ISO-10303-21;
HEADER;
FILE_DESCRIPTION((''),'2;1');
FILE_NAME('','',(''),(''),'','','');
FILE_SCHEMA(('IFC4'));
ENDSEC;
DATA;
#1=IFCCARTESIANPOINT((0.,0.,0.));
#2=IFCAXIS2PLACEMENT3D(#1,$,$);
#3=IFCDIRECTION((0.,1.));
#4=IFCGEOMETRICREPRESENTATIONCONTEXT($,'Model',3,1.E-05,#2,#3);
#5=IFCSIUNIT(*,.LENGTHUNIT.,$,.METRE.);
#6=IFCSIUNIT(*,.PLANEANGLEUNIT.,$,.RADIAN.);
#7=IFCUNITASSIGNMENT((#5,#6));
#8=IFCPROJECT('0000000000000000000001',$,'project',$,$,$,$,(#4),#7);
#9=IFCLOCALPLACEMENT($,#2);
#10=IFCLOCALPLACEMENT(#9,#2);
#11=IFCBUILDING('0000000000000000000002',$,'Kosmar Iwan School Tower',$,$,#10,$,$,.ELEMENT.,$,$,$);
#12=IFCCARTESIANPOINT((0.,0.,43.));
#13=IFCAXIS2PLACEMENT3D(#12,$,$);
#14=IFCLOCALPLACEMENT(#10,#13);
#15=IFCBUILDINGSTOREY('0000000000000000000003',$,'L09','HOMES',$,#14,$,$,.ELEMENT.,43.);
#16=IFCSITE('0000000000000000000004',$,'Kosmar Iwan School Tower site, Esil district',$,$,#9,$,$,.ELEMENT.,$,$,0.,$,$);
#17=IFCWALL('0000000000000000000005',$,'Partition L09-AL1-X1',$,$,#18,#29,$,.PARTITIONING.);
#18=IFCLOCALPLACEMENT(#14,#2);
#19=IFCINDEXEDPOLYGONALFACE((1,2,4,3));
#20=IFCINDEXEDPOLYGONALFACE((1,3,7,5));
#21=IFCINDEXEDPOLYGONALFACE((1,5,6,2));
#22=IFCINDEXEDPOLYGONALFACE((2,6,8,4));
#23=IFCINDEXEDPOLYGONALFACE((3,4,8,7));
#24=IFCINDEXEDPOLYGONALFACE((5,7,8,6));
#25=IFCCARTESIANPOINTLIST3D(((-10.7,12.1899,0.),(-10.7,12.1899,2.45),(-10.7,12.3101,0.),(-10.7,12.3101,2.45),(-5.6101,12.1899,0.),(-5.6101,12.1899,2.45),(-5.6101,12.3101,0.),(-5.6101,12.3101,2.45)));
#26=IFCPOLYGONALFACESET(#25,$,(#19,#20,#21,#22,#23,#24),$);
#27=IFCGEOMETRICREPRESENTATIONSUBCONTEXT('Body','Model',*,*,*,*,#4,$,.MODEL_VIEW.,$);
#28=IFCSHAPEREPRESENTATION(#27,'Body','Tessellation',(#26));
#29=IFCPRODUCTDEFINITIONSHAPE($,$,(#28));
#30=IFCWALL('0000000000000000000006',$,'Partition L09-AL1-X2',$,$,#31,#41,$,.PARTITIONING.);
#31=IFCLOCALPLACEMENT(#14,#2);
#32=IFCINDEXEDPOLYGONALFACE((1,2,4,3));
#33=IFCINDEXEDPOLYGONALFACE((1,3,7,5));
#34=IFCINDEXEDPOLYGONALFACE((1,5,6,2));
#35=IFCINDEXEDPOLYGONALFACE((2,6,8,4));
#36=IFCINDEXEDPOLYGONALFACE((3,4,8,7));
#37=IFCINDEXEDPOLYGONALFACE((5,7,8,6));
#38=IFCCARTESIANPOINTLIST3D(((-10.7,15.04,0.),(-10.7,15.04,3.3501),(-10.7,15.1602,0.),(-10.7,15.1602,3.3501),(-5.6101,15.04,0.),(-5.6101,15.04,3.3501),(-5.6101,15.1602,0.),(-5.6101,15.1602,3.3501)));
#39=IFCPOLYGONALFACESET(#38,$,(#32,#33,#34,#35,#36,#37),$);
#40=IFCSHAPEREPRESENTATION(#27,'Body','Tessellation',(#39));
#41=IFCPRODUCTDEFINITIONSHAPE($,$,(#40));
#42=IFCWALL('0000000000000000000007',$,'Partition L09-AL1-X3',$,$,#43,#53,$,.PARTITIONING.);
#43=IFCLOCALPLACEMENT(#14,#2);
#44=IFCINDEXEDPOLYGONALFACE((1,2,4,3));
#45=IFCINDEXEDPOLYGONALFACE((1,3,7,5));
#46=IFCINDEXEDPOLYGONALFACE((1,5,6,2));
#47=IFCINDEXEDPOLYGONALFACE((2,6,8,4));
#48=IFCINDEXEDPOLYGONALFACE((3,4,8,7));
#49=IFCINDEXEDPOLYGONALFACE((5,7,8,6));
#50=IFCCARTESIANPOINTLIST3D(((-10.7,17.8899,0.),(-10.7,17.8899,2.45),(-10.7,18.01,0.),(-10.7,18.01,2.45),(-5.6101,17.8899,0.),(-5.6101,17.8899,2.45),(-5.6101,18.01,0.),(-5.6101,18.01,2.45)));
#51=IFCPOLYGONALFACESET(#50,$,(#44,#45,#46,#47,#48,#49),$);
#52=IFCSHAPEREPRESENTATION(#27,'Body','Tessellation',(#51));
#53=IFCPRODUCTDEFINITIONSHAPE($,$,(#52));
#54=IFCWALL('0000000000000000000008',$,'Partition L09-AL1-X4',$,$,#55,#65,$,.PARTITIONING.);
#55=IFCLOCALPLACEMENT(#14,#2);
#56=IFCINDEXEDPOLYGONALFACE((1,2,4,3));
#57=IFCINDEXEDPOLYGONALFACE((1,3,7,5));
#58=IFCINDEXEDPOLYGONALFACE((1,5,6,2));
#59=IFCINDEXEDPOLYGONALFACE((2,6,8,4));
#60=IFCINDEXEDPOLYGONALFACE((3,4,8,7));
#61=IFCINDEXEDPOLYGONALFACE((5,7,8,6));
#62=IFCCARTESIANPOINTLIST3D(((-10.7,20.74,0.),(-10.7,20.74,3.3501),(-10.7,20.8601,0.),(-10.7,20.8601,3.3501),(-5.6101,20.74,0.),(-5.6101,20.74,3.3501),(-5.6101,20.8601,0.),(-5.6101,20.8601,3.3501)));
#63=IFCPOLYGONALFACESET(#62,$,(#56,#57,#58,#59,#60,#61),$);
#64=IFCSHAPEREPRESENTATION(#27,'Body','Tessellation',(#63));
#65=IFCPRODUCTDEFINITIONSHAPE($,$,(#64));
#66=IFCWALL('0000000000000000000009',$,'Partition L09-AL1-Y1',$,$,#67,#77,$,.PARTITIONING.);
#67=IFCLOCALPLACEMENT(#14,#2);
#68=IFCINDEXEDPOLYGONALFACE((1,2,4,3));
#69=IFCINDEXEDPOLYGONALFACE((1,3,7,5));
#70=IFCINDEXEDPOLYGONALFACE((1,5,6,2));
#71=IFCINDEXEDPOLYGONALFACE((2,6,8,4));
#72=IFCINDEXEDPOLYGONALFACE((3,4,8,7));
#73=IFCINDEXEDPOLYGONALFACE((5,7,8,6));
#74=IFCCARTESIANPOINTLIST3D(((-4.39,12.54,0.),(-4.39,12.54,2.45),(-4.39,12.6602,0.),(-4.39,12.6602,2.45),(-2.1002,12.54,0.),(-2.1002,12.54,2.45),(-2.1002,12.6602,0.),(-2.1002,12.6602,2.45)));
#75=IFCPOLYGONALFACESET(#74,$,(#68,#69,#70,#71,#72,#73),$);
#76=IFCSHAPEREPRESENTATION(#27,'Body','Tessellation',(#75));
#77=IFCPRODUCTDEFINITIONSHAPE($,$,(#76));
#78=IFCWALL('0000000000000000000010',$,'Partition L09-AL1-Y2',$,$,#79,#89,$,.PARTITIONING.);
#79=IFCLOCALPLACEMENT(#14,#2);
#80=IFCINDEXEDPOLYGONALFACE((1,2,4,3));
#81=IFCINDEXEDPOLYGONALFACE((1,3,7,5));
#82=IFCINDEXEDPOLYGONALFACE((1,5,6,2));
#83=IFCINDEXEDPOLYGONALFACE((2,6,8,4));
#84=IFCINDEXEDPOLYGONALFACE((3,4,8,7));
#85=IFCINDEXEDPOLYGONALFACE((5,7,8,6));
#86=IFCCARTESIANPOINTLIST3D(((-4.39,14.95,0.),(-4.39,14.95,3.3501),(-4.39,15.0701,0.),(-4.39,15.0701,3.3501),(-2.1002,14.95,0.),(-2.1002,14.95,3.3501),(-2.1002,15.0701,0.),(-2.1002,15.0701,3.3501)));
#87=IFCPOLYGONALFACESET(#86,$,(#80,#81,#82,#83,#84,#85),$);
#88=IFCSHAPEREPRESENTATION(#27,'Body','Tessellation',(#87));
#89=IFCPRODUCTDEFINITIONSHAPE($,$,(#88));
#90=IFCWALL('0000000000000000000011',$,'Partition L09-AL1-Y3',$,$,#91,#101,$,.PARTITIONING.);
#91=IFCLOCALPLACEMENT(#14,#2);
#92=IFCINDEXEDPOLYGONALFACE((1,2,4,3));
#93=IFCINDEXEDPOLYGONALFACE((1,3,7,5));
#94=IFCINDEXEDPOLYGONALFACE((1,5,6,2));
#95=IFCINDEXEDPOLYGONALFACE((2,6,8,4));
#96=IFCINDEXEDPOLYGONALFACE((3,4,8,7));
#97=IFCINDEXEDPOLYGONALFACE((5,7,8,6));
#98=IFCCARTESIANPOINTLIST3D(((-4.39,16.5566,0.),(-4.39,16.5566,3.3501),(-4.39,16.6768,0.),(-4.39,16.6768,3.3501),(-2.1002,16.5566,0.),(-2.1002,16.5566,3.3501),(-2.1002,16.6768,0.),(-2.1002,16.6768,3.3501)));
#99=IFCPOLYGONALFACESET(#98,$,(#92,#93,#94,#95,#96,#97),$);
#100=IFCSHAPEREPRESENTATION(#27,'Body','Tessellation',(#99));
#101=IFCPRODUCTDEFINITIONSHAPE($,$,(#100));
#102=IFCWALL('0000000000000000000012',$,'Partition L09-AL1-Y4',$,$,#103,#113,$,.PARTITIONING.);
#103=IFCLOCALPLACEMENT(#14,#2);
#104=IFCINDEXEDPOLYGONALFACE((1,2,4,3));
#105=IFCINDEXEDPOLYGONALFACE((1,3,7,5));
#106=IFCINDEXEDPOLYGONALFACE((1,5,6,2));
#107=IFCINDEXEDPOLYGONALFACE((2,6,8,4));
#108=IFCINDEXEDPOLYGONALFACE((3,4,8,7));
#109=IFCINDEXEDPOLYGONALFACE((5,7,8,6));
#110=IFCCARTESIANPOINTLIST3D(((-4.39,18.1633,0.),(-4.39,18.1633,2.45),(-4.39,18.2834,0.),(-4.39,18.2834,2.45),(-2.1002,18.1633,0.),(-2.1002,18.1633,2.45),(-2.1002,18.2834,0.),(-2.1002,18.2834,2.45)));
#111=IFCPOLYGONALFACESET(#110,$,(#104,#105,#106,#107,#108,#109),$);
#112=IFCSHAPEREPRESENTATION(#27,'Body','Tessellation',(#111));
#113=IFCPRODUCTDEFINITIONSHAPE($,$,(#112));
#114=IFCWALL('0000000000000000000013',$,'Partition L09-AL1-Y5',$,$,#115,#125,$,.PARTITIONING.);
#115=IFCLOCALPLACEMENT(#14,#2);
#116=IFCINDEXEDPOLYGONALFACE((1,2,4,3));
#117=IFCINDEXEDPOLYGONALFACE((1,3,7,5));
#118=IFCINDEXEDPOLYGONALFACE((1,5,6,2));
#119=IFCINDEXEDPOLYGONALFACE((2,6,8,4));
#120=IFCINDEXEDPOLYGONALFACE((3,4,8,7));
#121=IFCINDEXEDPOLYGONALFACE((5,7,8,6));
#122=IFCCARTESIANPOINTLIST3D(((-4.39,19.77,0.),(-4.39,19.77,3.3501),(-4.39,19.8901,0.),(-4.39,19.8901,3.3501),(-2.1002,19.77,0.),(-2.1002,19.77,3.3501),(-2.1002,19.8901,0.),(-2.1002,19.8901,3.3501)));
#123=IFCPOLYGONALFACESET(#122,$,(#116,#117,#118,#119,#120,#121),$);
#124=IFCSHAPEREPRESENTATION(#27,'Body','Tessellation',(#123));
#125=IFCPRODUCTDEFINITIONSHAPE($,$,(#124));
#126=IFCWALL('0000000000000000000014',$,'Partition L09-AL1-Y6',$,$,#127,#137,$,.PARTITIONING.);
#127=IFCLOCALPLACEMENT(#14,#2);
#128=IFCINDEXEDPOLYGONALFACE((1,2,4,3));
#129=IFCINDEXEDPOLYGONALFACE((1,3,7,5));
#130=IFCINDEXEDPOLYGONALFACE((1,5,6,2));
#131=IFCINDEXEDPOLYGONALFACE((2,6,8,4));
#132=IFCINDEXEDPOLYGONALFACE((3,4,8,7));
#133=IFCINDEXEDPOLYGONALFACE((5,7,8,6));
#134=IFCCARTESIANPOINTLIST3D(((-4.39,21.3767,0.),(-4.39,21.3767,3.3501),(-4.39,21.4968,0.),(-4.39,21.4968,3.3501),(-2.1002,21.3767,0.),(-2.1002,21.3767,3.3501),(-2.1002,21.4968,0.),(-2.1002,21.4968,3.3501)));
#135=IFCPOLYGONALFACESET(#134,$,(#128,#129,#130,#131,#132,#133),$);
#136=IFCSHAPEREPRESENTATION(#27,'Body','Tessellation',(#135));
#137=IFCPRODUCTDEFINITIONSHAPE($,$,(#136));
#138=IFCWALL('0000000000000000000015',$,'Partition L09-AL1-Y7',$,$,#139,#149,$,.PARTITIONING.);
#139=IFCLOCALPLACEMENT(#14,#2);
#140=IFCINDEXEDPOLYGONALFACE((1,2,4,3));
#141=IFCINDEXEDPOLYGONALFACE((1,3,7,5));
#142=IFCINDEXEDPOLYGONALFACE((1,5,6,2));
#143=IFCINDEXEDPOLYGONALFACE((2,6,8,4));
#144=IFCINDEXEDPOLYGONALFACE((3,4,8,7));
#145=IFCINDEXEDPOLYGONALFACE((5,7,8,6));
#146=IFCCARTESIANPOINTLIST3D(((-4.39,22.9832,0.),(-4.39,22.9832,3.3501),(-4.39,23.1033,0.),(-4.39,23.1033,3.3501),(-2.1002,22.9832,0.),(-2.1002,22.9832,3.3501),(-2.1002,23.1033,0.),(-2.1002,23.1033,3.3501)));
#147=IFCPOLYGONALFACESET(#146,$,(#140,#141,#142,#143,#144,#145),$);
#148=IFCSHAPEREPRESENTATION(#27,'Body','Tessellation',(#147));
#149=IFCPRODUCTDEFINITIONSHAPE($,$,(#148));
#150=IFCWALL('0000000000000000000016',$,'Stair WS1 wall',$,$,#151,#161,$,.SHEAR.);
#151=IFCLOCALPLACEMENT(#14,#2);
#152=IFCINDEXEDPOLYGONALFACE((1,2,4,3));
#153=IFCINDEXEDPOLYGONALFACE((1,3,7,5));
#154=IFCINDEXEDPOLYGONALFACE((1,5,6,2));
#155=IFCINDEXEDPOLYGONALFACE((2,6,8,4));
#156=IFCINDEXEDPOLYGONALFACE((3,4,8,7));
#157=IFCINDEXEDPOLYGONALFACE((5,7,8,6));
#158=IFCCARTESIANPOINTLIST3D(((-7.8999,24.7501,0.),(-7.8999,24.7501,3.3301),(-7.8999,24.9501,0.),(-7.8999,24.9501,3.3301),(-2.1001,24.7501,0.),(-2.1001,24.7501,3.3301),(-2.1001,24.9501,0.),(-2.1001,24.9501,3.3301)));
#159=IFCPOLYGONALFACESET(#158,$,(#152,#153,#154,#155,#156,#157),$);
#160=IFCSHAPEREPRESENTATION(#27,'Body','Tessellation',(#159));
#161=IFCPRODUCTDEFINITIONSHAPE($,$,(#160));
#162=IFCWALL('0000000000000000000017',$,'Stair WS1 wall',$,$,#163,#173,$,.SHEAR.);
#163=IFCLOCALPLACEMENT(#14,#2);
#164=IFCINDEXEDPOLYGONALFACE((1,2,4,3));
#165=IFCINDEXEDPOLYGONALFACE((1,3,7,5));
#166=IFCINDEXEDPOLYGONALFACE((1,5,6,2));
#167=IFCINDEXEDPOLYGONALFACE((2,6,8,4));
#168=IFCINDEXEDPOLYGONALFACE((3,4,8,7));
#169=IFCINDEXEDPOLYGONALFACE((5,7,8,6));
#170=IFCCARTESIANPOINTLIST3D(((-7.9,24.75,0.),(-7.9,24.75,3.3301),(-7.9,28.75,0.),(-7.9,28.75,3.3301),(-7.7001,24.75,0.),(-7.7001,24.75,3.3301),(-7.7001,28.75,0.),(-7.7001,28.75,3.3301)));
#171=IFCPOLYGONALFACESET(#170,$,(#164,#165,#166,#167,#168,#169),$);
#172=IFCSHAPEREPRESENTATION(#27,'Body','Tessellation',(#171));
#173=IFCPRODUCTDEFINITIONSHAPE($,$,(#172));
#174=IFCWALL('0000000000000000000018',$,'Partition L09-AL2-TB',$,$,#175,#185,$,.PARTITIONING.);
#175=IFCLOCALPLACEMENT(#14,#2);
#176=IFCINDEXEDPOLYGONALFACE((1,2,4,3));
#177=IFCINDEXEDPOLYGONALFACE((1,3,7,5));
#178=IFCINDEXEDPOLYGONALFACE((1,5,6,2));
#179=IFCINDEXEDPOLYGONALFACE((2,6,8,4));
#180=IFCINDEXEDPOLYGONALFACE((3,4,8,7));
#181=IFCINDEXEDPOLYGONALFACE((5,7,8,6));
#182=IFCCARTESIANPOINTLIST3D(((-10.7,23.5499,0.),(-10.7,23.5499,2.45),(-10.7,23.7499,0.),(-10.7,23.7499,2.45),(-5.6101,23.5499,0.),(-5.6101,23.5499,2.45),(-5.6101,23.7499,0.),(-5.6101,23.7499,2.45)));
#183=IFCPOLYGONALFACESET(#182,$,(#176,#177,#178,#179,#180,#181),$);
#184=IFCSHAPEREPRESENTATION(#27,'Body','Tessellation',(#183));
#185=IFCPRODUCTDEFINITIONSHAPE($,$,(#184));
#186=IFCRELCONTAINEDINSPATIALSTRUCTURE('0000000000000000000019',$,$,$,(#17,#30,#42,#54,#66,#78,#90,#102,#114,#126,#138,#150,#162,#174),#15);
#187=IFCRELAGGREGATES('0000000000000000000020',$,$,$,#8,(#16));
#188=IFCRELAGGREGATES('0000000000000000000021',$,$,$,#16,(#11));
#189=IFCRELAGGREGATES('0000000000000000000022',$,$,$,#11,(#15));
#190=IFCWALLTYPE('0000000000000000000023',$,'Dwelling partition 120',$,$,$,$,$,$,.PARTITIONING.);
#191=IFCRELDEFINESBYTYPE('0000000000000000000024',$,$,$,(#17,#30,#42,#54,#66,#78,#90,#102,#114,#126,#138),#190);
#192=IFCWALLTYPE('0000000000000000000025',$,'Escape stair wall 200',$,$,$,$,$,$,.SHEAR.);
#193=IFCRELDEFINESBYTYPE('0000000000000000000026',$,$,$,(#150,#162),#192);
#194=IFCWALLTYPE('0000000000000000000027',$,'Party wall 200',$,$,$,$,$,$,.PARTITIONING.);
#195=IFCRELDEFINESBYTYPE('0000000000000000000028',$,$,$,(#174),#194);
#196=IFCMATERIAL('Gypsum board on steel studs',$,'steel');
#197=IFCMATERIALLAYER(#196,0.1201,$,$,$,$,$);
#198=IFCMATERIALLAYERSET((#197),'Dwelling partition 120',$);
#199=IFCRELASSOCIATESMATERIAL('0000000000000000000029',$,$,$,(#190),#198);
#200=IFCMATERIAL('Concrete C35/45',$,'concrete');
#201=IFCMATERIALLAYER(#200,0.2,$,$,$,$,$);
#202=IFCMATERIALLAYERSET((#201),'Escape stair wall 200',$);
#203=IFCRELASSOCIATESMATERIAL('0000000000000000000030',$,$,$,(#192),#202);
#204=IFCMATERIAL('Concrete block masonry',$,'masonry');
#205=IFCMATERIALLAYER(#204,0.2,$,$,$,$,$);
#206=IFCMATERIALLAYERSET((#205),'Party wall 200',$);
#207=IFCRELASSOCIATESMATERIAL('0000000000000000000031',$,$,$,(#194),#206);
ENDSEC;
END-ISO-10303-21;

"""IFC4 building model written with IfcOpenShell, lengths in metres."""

from ifc_helpers import new_model, si_unit, direction, frame, frame_2d, origin, place, context, subcontext, project, spatial, rectangle, extrude, material, layer, layer_set, type_object, element, save


model = new_model("IFC4")

# Units and contexts
model_context = context("Model", 3, precision=1e-05, world=origin(), true_north=direction((0.0, 1.0)))
body_context = subcontext(model_context, "Body", "Model", "MODEL_VIEW")
ifc_project = project(units=[si_unit("LENGTHUNIT", "METRE"), si_unit("PLANEANGLEUNIT", "RADIAN")], contexts=[model_context])

# Site, building, storey
site_placement = place(None, origin())
site = spatial("IfcSite", under=ifc_project, at=site_placement, Name="Kosmar Iwan School Tower site, Esil district", CompositionType="ELEMENT", RefElevation=0.0)
building_placement = place(site_placement, origin())
building = spatial("IfcBuilding", under=site, at=building_placement, Name="Kosmar Iwan School Tower", CompositionType="ELEMENT")
storey_placement = place(building_placement, frame((0.0, 0.0, 43.0)))
storey = spatial("IfcBuildingStorey", under=building, at=storey_placement, Name="L09", Description="HOMES", CompositionType="ELEMENT", Elevation=43.0)

# Walls
ifc_material_1 = material(Name="Gypsum board on steel studs", Category="steel")
ifc_layer_1 = layer(ifc_material_1, 0.1201)
ifc_layer_set_1 = layer_set([ifc_layer_1], Name="Dwelling partition 120")
wall_type_1 = type_object("IfcWallType", Name="Dwelling partition 120", PredefinedType="PARTITIONING", material=ifc_layer_set_1)
wall_1_placement = place(storey_placement, frame((-5.6101, 12.25, 0.0), z_axis=(0.0, 0.0, 1.0), x_axis=(-1.0, 0.0, 0.0)))
element("IfcWall", 1, at=wall_1_placement, inside=storey, type_object=wall_type_1, Name="Partition L09-AL1-X1", PredefinedType="PARTITIONING", context=body_context, shape_type="SweptSolid", body=[
    extrude(rectangle(XDim=5.0898, YDim=0.1201, at=frame_2d((2.5449, 0.0))), origin(), (0.0, 0.0, 1.0), 2.45),
])
wall_2_placement = place(storey_placement, frame((-5.6101, 15.1001, 0.0), z_axis=(0.0, 0.0, 1.0), x_axis=(-1.0, 0.0, 0.0)))
element("IfcWall", 2, at=wall_2_placement, inside=storey, type_object=wall_type_1, Name="Partition L09-AL1-X2", PredefinedType="PARTITIONING", context=body_context, shape_type="SweptSolid", body=[
    extrude(rectangle(XDim=5.0898, YDim=0.1201, at=frame_2d((2.5449, 0.0))), origin(), (0.0, 0.0, 1.0), 3.3501),
])
wall_3_placement = place(storey_placement, frame((-5.6101, 17.95, 0.0), z_axis=(0.0, 0.0, 1.0), x_axis=(-1.0, 0.0, 0.0)))
element("IfcWall", 3, at=wall_3_placement, inside=storey, type_object=wall_type_1, Name="Partition L09-AL1-X3", PredefinedType="PARTITIONING", context=body_context, shape_type="SweptSolid", body=[
    extrude(rectangle(XDim=5.0898, YDim=0.1201, at=frame_2d((2.5449, 0.0))), origin(), (0.0, 0.0, 1.0), 2.45),
])
wall_4_placement = place(storey_placement, frame((-5.6101, 20.8, 0.0), z_axis=(0.0, 0.0, 1.0), x_axis=(-1.0, 0.0, 0.0)))
element("IfcWall", 4, at=wall_4_placement, inside=storey, type_object=wall_type_1, Name="Partition L09-AL1-X4", PredefinedType="PARTITIONING", context=body_context, shape_type="SweptSolid", body=[
    extrude(rectangle(XDim=5.0898, YDim=0.1201, at=frame_2d((2.5449, 0.0))), origin(), (0.0, 0.0, 1.0), 3.3501),
])
wall_5_placement = place(storey_placement, frame((-2.1001, 12.6001, 0.0), z_axis=(0.0, 0.0, 1.0), x_axis=(-1.0, 0.0, 0.0)))
element("IfcWall", 5, at=wall_5_placement, inside=storey, type_object=wall_type_1, Name="Partition L09-AL1-Y1", PredefinedType="PARTITIONING", context=body_context, shape_type="SweptSolid", body=[
    extrude(rectangle(XDim=2.2898, YDim=0.1201, at=frame_2d((1.145, 0.0))), origin(), (0.0, 0.0, 1.0), 2.45),
])
for number, where, z_axis, x_axis, name in (
    (6, (-2.1001, 15.01, 0.0), (0.0, 0.0, 1.0), (-1.0, 0.0, 0.0), "Partition L09-AL1-Y2"),
    (7, (-2.1001, 16.6167, 0.0), (0.0, 0.0, 1.0), (-1.0, 0.0, 0.0), "Partition L09-AL1-Y3"),
):
    element("IfcWall", number, at=place(storey_placement, frame(where, z_axis=z_axis, x_axis=x_axis)), inside=storey, type_object=wall_type_1, Name=name, PredefinedType="PARTITIONING", context=body_context, shape_type="SweptSolid", body=[
        extrude(rectangle(XDim=2.2898, YDim=0.1201, at=frame_2d((1.145, 0.0))), origin(), (0.0, 0.0, 1.0), 3.3501),
    ])
wall_6_placement = place(storey_placement, frame((-2.1001, 18.2234, 0.0), z_axis=(0.0, 0.0, 1.0), x_axis=(-1.0, 0.0, 0.0)))
element("IfcWall", 8, at=wall_6_placement, inside=storey, type_object=wall_type_1, Name="Partition L09-AL1-Y4", PredefinedType="PARTITIONING", context=body_context, shape_type="SweptSolid", body=[
    extrude(rectangle(XDim=2.2898, YDim=0.1201, at=frame_2d((1.145, 0.0))), origin(), (0.0, 0.0, 1.0), 2.45),
])
for number, where, z_axis, x_axis, name in (
    (9, (-2.1001, 19.8301, 0.0), (0.0, 0.0, 1.0), (-1.0, 0.0, 0.0), "Partition L09-AL1-Y5"),
    (10, (-2.1001, 21.4368, 0.0), (0.0, 0.0, 1.0), (-1.0, 0.0, 0.0), "Partition L09-AL1-Y6"),
    (11, (-2.1001, 23.0432, 0.0), (0.0, 0.0, 1.0), (-1.0, 0.0, 0.0), "Partition L09-AL1-Y7"),
):
    element("IfcWall", number, at=place(storey_placement, frame(where, z_axis=z_axis, x_axis=x_axis)), inside=storey, type_object=wall_type_1, Name=name, PredefinedType="PARTITIONING", context=body_context, shape_type="SweptSolid", body=[
        extrude(rectangle(XDim=2.2898, YDim=0.1201, at=frame_2d((1.145, 0.0))), origin(), (0.0, 0.0, 1.0), 3.3501),
    ])
ifc_material_2 = material(Name="Concrete C35/45", Category="concrete")
ifc_layer_2 = layer(ifc_material_2, 0.2)
ifc_layer_set_2 = layer_set([ifc_layer_2], Name="Escape stair wall 200")
wall_type_2 = type_object("IfcWallType", Name="Escape stair wall 200", PredefinedType="SHEAR", material=ifc_layer_set_2)
wall_7_placement = place(storey_placement, frame((-2.1001, 24.8501, 0.0), z_axis=(0.0, 0.0, 1.0), x_axis=(-1.0, 0.0, 0.0)))
element("IfcWall", 12, at=wall_7_placement, inside=storey, type_object=wall_type_2, Name="Stair WS1 wall", PredefinedType="SHEAR", context=body_context, shape_type="SweptSolid", body=[
    extrude(rectangle(XDim=5.7998, YDim=0.2, at=frame_2d((2.8999, 0.0))), origin(), (0.0, 0.0, 1.0), 3.3301),
])
wall_8_placement = place(storey_placement, frame((-7.8, 24.75, 0.0), z_axis=(0.0, 0.0, 1.0), x_axis=(0.0, 1.0, 0.0)))
element("IfcWall", 13, at=wall_8_placement, inside=storey, type_object=wall_type_2, Name="Stair WS1 wall", PredefinedType="SHEAR", context=body_context, shape_type="SweptSolid", body=[
    extrude(rectangle(XDim=4.0, YDim=0.2, at=frame_2d((2.0, 0.0))), origin(), (0.0, 0.0, 1.0), 3.3301),
])
ifc_material_3 = material(Name="Concrete block masonry", Category="masonry")
ifc_layer_3 = layer(ifc_material_3, 0.2)
ifc_layer_set_3 = layer_set([ifc_layer_3], Name="Party wall 200")
wall_type_3 = type_object("IfcWallType", Name="Party wall 200", PredefinedType="PARTITIONING", material=ifc_layer_set_3)
wall_9_placement = place(storey_placement, frame((-5.6101, 23.6499, 0.0), z_axis=(0.0, 0.0, 1.0), x_axis=(-1.0, 0.0, 0.0)))
element("IfcWall", 14, at=wall_9_placement, inside=storey, type_object=wall_type_3, Name="Partition L09-AL2-TB", PredefinedType="PARTITIONING", context=body_context, shape_type="SweptSolid", body=[
    extrude(rectangle(XDim=5.0898, YDim=0.2, at=frame_2d((2.5449, 0.0))), origin(), (0.0, 0.0, 1.0), 2.45),
])

save(model, "model.ifc")
